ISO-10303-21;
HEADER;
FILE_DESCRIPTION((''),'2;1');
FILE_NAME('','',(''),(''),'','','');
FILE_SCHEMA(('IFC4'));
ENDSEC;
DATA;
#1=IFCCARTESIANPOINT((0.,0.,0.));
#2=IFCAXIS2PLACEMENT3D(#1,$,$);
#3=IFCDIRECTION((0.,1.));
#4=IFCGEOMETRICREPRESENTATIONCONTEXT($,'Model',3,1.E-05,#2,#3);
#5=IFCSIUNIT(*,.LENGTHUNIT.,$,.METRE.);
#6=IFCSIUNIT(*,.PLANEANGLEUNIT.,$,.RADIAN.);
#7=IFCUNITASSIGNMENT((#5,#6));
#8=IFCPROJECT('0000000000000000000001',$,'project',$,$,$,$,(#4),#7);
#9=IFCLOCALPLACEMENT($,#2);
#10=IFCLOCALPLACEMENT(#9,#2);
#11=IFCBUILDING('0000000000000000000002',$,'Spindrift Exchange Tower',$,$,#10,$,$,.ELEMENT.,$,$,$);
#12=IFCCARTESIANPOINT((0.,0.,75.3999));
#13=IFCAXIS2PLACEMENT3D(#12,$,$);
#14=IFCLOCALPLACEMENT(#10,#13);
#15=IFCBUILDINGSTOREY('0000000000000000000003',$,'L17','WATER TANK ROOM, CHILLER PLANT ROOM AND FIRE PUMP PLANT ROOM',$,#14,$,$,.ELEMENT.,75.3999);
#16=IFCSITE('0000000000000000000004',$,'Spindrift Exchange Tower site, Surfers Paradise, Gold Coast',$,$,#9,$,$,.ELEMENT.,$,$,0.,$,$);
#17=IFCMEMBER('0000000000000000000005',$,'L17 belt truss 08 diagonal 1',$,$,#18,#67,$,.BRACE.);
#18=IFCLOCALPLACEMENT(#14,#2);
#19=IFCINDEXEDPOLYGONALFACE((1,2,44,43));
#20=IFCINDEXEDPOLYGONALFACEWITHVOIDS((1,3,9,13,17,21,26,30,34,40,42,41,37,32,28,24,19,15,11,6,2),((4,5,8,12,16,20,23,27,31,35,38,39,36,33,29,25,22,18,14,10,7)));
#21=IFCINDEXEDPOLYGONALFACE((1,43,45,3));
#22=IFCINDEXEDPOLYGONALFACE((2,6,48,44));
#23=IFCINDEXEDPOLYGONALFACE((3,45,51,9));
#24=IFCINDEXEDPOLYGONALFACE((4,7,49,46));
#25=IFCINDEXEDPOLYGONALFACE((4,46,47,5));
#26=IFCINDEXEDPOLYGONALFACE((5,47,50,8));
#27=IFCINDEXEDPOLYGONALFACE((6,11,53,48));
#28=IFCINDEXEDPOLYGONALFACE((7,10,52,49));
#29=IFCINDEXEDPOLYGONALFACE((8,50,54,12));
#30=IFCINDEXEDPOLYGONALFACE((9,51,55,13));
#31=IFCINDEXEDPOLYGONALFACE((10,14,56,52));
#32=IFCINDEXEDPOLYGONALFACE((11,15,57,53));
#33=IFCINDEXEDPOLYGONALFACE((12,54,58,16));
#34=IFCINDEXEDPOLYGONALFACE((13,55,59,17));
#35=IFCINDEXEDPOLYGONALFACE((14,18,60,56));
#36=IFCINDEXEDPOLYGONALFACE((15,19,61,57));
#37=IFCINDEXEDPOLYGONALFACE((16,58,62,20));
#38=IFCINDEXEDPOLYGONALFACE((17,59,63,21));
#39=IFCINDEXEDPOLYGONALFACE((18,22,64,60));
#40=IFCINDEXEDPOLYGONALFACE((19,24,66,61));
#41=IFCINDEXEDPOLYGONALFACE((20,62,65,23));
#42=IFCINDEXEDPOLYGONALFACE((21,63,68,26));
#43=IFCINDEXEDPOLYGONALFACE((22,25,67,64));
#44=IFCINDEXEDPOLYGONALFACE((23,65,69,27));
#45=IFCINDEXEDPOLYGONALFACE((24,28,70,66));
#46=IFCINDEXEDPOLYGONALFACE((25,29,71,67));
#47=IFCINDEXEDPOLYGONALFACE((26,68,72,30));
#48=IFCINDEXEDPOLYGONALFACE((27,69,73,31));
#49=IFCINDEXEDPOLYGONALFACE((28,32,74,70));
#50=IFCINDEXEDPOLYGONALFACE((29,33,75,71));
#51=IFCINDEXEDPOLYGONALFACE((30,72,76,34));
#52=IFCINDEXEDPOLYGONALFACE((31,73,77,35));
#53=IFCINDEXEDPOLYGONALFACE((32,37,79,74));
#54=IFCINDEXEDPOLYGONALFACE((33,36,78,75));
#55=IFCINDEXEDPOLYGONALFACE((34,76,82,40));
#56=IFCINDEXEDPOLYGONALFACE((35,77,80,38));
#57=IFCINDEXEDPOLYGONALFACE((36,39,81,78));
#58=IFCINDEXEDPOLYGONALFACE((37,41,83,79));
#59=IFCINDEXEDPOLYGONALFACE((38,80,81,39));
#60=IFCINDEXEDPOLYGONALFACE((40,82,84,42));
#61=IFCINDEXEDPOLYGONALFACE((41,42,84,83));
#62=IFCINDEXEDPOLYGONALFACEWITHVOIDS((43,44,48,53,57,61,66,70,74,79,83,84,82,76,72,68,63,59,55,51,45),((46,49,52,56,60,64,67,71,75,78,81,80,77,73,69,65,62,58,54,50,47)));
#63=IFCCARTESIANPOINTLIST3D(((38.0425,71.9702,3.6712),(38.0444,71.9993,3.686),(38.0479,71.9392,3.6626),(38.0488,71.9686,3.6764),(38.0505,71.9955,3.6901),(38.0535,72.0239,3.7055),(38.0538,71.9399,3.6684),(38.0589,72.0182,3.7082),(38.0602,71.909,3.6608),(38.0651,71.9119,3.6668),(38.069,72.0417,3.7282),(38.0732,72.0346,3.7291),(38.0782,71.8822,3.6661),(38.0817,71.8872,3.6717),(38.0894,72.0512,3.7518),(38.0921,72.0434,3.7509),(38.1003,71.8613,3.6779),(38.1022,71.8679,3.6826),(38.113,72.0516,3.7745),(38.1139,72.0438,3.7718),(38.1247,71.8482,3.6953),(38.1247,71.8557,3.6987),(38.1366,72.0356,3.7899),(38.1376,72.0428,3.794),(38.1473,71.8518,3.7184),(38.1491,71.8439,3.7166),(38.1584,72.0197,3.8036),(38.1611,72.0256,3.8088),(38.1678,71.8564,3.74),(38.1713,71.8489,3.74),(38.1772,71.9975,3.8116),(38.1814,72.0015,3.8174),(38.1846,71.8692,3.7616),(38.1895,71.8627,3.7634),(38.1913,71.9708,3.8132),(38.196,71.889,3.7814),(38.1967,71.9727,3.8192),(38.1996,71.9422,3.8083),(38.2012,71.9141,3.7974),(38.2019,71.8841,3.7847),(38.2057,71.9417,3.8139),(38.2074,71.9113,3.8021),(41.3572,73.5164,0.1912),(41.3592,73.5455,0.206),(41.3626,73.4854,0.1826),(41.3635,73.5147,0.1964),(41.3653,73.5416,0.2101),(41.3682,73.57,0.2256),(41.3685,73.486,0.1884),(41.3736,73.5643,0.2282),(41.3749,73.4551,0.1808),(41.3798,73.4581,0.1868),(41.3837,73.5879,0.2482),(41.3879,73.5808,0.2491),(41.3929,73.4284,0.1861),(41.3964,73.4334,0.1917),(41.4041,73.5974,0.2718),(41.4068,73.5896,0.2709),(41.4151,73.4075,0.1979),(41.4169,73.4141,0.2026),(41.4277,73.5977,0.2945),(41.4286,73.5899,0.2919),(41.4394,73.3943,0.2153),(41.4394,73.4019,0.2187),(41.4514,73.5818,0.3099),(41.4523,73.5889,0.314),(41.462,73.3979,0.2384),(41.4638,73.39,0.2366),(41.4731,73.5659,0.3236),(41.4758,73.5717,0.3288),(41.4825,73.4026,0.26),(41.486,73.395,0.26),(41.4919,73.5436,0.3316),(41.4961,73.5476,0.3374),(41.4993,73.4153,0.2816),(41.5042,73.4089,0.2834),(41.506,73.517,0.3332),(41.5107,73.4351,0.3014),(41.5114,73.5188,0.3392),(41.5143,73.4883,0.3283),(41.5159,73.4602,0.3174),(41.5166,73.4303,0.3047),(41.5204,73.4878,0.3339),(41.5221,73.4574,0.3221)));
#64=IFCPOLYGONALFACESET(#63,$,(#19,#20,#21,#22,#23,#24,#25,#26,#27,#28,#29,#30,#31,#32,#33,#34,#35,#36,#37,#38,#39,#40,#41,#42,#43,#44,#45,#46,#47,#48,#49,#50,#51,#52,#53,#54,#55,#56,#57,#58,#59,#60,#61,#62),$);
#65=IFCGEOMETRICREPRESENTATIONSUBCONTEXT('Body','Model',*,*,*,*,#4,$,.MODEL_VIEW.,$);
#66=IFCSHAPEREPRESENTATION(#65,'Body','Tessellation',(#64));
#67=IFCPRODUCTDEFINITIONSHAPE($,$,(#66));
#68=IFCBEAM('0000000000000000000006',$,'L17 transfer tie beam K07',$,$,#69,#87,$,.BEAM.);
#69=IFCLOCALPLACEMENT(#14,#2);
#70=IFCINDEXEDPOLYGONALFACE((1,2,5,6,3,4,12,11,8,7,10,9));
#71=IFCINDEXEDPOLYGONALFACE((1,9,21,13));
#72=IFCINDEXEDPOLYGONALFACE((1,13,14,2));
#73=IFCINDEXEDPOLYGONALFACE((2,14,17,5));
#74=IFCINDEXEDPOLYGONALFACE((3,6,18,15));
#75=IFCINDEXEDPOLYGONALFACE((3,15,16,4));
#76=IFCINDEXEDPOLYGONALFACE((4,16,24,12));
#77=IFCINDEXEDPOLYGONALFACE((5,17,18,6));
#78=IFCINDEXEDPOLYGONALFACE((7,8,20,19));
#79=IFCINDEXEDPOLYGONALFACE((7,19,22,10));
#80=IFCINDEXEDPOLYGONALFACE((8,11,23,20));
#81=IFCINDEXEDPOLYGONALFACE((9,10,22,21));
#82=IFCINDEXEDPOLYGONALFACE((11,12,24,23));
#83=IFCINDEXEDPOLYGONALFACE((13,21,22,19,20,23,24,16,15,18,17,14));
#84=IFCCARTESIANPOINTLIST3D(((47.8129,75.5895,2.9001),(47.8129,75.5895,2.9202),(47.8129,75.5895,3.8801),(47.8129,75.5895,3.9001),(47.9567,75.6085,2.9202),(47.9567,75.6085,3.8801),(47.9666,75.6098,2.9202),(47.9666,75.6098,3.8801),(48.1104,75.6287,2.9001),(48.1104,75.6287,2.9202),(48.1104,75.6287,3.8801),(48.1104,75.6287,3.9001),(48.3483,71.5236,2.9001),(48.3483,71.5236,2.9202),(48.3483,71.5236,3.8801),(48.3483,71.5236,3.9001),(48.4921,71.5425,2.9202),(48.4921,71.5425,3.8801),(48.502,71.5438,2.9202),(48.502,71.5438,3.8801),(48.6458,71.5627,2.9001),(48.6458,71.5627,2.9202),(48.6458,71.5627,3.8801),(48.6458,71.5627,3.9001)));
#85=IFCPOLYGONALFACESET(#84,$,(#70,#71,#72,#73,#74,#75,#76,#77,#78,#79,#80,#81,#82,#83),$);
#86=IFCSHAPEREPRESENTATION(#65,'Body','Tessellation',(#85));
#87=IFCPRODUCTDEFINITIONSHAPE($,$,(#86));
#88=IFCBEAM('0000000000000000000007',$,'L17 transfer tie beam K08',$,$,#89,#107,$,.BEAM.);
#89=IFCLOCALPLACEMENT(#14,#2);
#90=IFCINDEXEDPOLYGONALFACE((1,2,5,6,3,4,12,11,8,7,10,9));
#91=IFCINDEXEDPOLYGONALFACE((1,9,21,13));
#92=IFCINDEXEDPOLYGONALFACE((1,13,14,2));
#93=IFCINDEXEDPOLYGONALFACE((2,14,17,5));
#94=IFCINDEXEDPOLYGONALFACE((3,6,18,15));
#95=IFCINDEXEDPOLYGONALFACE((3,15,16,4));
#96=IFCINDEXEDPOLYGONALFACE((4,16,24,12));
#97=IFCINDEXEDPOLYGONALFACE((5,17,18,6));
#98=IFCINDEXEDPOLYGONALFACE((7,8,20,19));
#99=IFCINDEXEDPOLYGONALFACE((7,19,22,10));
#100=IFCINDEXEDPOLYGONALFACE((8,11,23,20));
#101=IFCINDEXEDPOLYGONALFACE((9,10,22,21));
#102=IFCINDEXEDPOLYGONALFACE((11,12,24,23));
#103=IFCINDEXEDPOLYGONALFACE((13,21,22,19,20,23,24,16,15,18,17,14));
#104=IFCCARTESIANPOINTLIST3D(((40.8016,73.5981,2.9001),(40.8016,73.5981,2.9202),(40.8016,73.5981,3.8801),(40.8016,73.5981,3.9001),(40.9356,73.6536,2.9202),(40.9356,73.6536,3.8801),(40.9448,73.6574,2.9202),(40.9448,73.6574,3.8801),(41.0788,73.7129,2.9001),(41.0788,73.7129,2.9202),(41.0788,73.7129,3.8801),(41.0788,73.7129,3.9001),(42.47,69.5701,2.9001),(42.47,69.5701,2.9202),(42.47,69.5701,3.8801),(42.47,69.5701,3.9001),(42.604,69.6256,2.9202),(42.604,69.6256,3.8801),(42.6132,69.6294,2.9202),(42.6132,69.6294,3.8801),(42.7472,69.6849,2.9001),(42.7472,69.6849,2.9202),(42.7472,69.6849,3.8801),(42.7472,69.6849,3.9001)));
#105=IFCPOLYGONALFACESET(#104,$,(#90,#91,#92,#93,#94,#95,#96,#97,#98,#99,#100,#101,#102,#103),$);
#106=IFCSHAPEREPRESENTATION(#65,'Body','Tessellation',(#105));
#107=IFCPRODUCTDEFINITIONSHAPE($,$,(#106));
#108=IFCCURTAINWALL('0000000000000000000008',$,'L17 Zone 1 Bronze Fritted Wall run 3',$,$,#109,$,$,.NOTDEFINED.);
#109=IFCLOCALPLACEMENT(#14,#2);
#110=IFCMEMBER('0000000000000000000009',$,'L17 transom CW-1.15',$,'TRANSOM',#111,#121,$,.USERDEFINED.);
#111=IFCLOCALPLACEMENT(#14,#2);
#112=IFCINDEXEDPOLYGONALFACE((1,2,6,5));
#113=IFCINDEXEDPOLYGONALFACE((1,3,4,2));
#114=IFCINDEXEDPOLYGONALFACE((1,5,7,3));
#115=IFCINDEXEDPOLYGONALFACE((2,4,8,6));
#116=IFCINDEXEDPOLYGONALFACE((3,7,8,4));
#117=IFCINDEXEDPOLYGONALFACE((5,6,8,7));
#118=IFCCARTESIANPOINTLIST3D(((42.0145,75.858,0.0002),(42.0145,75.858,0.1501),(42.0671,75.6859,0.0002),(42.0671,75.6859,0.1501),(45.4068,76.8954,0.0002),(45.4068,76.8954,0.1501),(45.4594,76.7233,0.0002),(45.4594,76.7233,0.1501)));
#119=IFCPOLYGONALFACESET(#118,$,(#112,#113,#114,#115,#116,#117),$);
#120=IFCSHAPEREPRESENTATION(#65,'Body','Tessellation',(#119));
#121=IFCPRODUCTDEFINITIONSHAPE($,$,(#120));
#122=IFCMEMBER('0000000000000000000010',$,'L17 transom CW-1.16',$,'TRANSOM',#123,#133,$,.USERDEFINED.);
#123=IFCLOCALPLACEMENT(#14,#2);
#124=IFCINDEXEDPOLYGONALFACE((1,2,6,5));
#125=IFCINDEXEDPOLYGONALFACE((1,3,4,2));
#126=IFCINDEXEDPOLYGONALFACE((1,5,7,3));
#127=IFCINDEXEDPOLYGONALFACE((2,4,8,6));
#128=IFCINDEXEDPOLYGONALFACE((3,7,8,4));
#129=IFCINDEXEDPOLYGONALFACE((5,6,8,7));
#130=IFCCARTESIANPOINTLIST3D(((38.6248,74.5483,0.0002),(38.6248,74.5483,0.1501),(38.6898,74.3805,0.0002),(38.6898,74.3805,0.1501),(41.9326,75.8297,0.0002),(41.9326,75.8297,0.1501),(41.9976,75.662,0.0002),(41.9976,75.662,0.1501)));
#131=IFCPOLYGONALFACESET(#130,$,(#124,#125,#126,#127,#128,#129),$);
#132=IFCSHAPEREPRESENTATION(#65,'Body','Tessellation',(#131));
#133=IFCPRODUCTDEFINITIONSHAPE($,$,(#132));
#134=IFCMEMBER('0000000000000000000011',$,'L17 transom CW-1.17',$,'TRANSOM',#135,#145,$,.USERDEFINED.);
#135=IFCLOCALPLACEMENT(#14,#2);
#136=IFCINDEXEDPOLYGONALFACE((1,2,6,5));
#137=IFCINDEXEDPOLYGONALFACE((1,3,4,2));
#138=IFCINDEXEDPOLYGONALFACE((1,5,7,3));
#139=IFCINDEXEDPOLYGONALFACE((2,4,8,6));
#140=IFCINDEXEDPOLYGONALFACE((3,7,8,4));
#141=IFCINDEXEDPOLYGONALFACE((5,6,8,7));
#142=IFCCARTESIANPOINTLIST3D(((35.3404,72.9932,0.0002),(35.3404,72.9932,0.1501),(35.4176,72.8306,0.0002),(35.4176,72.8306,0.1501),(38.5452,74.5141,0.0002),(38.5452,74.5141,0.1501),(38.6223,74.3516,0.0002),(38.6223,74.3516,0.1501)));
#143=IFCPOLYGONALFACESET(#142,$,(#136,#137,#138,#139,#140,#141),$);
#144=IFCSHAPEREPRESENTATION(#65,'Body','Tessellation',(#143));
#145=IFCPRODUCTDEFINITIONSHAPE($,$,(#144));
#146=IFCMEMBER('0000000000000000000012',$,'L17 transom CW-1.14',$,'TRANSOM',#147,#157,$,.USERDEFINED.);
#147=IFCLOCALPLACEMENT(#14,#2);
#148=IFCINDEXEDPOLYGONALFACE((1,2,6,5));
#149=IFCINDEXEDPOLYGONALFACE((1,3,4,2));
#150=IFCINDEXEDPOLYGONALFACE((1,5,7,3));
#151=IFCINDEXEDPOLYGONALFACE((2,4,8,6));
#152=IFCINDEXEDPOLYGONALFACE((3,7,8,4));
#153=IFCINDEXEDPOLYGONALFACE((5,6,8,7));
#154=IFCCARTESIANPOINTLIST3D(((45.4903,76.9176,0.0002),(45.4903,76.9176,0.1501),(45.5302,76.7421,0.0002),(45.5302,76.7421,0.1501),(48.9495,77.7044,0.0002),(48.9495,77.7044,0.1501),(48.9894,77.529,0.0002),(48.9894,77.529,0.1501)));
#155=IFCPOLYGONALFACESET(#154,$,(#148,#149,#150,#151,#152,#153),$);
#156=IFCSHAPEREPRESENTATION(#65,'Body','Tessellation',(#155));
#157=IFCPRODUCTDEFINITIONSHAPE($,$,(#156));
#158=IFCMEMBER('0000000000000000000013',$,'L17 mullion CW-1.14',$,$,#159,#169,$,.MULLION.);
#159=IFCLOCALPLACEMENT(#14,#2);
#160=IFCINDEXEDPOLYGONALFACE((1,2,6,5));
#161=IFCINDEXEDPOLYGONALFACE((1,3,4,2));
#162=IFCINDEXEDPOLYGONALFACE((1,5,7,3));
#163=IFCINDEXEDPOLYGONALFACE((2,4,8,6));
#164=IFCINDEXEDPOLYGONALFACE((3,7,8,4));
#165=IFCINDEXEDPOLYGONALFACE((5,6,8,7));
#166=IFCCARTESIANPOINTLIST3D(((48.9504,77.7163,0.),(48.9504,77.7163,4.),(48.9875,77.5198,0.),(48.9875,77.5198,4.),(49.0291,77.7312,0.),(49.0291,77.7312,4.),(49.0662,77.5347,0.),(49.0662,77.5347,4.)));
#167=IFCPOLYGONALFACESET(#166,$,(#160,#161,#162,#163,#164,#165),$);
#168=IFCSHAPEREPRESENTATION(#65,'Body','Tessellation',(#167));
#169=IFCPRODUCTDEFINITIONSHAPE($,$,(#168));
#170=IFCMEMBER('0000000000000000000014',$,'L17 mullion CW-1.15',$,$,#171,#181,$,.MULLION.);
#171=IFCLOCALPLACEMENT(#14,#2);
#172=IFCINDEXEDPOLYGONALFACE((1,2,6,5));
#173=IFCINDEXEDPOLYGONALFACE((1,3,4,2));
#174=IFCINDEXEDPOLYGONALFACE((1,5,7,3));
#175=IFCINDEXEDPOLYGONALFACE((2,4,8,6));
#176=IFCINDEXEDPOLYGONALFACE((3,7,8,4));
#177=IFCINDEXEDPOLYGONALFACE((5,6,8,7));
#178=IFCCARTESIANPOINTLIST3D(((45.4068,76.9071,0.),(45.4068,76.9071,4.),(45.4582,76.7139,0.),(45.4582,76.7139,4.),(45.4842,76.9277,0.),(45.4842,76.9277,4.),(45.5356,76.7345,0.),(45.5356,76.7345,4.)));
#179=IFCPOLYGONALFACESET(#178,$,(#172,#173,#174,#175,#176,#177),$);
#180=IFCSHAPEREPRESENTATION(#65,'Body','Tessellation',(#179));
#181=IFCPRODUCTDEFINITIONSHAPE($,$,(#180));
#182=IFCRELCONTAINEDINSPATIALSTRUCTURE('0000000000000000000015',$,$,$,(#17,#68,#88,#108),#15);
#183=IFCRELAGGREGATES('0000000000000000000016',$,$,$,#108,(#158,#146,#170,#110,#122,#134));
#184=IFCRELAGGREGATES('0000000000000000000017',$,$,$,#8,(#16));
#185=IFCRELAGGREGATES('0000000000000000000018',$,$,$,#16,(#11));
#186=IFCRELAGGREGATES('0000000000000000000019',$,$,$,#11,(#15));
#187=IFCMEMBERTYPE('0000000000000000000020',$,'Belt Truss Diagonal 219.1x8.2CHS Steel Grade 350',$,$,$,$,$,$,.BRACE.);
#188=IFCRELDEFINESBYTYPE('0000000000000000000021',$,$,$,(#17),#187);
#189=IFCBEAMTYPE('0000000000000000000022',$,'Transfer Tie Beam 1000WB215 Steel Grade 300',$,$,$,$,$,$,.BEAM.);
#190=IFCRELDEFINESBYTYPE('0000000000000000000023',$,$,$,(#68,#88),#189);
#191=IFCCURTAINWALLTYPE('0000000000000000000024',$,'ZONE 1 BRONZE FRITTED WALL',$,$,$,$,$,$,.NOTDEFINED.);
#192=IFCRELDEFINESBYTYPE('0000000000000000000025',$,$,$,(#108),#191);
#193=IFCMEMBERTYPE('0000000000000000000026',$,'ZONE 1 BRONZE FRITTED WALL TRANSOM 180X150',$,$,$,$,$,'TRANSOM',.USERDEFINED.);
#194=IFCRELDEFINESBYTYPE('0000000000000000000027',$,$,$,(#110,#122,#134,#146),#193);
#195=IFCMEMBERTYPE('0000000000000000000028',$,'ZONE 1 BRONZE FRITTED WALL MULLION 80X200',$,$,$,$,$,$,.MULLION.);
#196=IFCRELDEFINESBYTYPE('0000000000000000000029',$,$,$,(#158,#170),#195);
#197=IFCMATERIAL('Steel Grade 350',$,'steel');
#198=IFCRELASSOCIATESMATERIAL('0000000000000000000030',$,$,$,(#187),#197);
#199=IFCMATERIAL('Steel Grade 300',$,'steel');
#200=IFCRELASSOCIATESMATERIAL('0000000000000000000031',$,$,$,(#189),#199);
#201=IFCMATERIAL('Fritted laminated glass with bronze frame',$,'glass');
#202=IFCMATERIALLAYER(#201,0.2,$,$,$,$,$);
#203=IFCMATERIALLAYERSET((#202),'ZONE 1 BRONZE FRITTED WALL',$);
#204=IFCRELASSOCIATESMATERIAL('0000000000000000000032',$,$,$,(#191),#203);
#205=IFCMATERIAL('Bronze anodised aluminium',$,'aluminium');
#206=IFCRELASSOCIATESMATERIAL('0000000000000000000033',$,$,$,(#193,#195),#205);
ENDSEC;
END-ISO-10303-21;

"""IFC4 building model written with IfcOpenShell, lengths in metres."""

from ifc_helpers import new_model, si_unit, direction, frame, origin, origin_2d, place, context, subcontext, project, spatial, rectangle, hollow_circle, i_section, extrude, source, transform, mapped, material, layer, layer_set, material_profile, profile_set, type_object, element, aggregate, save


model = new_model("IFC4")

# Units and contexts
model_context = context("Model", 3, precision=1e-05, world=origin(), true_north=direction((0.0, 1.0)))
body_context = subcontext(model_context, "Body", "Model", "MODEL_VIEW")
ifc_project = project(units=[si_unit("LENGTHUNIT", "METRE"), si_unit("PLANEANGLEUNIT", "RADIAN")], contexts=[model_context])

# Site, building, storey
site_placement = place(None, origin())
site = spatial("IfcSite", under=ifc_project, at=site_placement, Name="Spindrift Exchange Tower site, Surfers Paradise, Gold Coast", CompositionType="ELEMENT", RefElevation=0.0)
building_placement = place(site_placement, origin())
building = spatial("IfcBuilding", under=site, at=building_placement, Name="Spindrift Exchange Tower", CompositionType="ELEMENT")
storey_placement = place(building_placement, frame((0.0, 0.0, 75.3999)))
storey = spatial("IfcBuildingStorey", under=building, at=storey_placement, Name="L17", Description="WATER TANK ROOM, CHILLER PLANT ROOM AND FIRE PUMP PLANT ROOM", CompositionType="ELEMENT", Elevation=75.3999)

# Shared definitions
ifc_material_1 = material(Name="Steel Grade 300", Category="steel")

# Member
ifc_material_2 = material(Name="Steel Grade 350", Category="steel")
ifc_material_profile_1 = material_profile(ifc_material_2, hollow_circle(Radius=0.1096, WallThickness=0.0083, at=origin_2d()), Name="219.1x8.2CHS")
ifc_profile_set_1 = profile_set([ifc_material_profile_1], Name="Steel Grade 350")
member_type_1 = type_object("IfcMemberType", Name="Belt Truss Diagonal 219.1x8.2CHS Steel Grade 350", PredefinedType="BRACE", material=ifc_profile_set_1)
shared_shape_1 = source(origin(), body_context, "Body", "SweptSolid", [
    extrude(hollow_circle(Radius=0.1096, WallThickness=0.0083, at=origin_2d()), origin(), (0.0, 0.0, 1.0), 5.0486),
])
member_1_placement = place(storey_placement, frame((41.4397, 73.4944, 0.26), z_axis=(-0.656562, -0.306254, 0.689301), x_axis=(0.422725, -0.906258, 0.0)))
element("IfcMember", 1, at=member_1_placement, inside=storey, type_object=member_type_1, Name="L17 belt truss 08 diagonal 1", PredefinedType="BRACE", context=body_context, shape_type="MappedRepresentation", body=[
    mapped(shared_shape_1, transform((0.0, 0.0, 0.0), scale=1.0)),
])

# Beams
ifc_material_profile_2 = material_profile(ifc_material_1, i_section(OverallWidth=0.3, OverallDepth=1.0, WebThickness=0.01, FlangeThickness=0.02, at=origin_2d()), Name="1000WB215")
ifc_profile_set_2 = profile_set([ifc_material_profile_2], Name="Steel Grade 300")
beam_type_1 = type_object("IfcBeamType", Name="Transfer Tie Beam 1000WB215 Steel Grade 300", PredefinedType="BEAM", material=ifc_profile_set_2)
shared_shape_2 = source(origin(), body_context, "Body", "SweptSolid", [
    extrude(i_section(OverallWidth=0.3, OverallDepth=1.0, WebThickness=0.01, FlangeThickness=0.02, at=origin_2d()), origin(), (0.0, 0.0, 1.0), 4.1011),
])
beam_1_placement = place(storey_placement, frame((47.9617, 75.6091, 3.4001), z_axis=(0.130553, -0.991441, 0.0), x_axis=(0.991441, 0.130553, 0.0)))
element("IfcBeam", 2, at=beam_1_placement, inside=storey, type_object=beam_type_1, Name="L17 transfer tie beam K07", PredefinedType="BEAM", context=body_context, shape_type="MappedRepresentation", body=[
    mapped(shared_shape_2, transform((0.0, 0.0, 0.0), scale=1.0)),
])
shared_shape_3 = source(origin(), body_context, "Body", "SweptSolid", [
    extrude(i_section(OverallWidth=0.3, OverallDepth=1.0, WebThickness=0.01, FlangeThickness=0.02, at=origin_2d()), origin(), (0.0, 0.0, 1.0), 4.3599),
])
beam_2_placement = place(storey_placement, frame((40.9402, 73.6555, 3.4001), z_axis=(0.382678, -0.923882, 0.0), x_axis=(0.923882, 0.382678, 0.0)))
element("IfcBeam", 3, at=beam_2_placement, inside=storey, type_object=beam_type_1, Name="L17 transfer tie beam K08", PredefinedType="BEAM", context=body_context, shape_type="MappedRepresentation", body=[
    mapped(shared_shape_3, transform((0.0, 0.0, 0.0), scale=1.0)),
])

# Curtain wall, members
ifc_material_3 = material(Name="Fritted laminated glass with bronze frame", Category="glass")
ifc_layer_1 = layer(ifc_material_3, 0.2)
ifc_layer_set_1 = layer_set([ifc_layer_1], Name="ZONE 1 BRONZE FRITTED WALL")
curtain_wall_type = type_object("IfcCurtainWallType", Name="ZONE 1 BRONZE FRITTED WALL", PredefinedType="NOTDEFINED", material=ifc_layer_set_1)
curtain_wall_placement = place(storey_placement, origin())
curtain_wall = element("IfcCurtainWall", 4, at=curtain_wall_placement, inside=storey, type_object=curtain_wall_type, Name="L17 Zone 1 Bronze Fritted Wall run 3", PredefinedType="NOTDEFINED")
ifc_material_4 = material(Name="Bronze anodised aluminium", Category="aluminium")
ifc_material_profile_3 = material_profile(ifc_material_4, rectangle(XDim=0.1799, YDim=0.1499, at=origin_2d()), Name="ZONE 1 BRONZE FRITTED WALL TRANSOM 180X150")
ifc_profile_set_3 = profile_set([ifc_material_profile_3], Name="Bronze anodised aluminium")
member_type_2 = type_object("IfcMemberType", Name="ZONE 1 BRONZE FRITTED WALL TRANSOM 180X150", ElementType="TRANSOM", PredefinedType="USERDEFINED", material=ifc_profile_set_3)
shared_shape_4 = source(origin(), body_context, "Body", "SweptSolid", [
    extrude(rectangle(XDim=0.1799, YDim=0.1499, at=origin_2d()), origin(), (0.0, 0.0, 1.0), 3.5474),
])
member_2_placement = place(storey_placement, frame((45.4331, 76.8093, 0.0752), z_axis=(-0.956288, -0.292427, 0.0), x_axis=(0.292427, -0.956288, 0.0)))
member_2 = element("IfcMember", 5, at=member_2_placement, type_object=member_type_2, Name="L17 transom CW-1.15", ObjectType="TRANSOM", PredefinedType="USERDEFINED", context=body_context, shape_type="MappedRepresentation", body=[
    mapped(shared_shape_4, transform((0.0, 0.0, 0.0), scale=1.0)),
])
member_3_placement = place(storey_placement, frame((41.9651, 75.7458, 0.0752), z_axis=(-0.93247, -0.361247, 0.0), x_axis=(0.361247, -0.93247, 0.0)))
member_3 = element("IfcMember", 6, at=member_3_placement, type_object=member_type_2, Name="L17 transom CW-1.16", ObjectType="TRANSOM", PredefinedType="USERDEFINED", context=body_context, shape_type="MappedRepresentation", body=[
    mapped(shared_shape_4, transform((0.0, 0.0, 0.0), scale=1.0)),
])
member_4_placement = place(storey_placement, frame((38.5837, 74.4329, 0.0752), z_axis=(-0.903419, -0.428758, 0.0), x_axis=(0.428758, -0.903419, 0.0)))
member_4 = element("IfcMember", 7, at=member_4_placement, type_object=member_type_2, Name="L17 transom CW-1.17", ObjectType="TRANSOM", PredefinedType="USERDEFINED", context=body_context, shape_type="MappedRepresentation", body=[
    mapped(shared_shape_4, transform((0.0, 0.0, 0.0), scale=1.0)),
])
shared_shape_5 = source(origin(), body_context, "Body", "SweptSolid", [
    extrude(rectangle(XDim=0.1799, YDim=0.1499, at=origin_2d()), origin(), (0.0, 0.0, 1.0), 3.5476),
])
member_5_placement = place(storey_placement, frame((48.9695, 77.6167, 0.0752), z_axis=(-0.975092, -0.221803, 0.0), x_axis=(0.221803, -0.975092, 0.0)))
member_5 = element("IfcMember", 8, at=member_5_placement, type_object=member_type_2, Name="L17 transom CW-1.14", ObjectType="TRANSOM", PredefinedType="USERDEFINED", context=body_context, shape_type="MappedRepresentation", body=[
    mapped(shared_shape_5, transform((0.0, 0.0, 0.0), scale=1.0)),
])
ifc_material_profile_4 = material_profile(ifc_material_4, rectangle(XDim=0.0801, YDim=0.2, at=origin_2d()), Name="ZONE 1 BRONZE FRITTED WALL MULLION 80X200")
ifc_profile_set_4 = profile_set([ifc_material_profile_4], Name="Bronze anodised aluminium")
member_type_3 = type_object("IfcMemberType", Name="ZONE 1 BRONZE FRITTED WALL MULLION 80X200", PredefinedType="MULLION", material=ifc_profile_set_4)
shared_shape_6 = source(origin(), body_context, "Body", "SweptSolid", [
    extrude(rectangle(XDim=0.0801, YDim=0.2, at=origin_2d()), origin(), (0.0, 0.0, 1.0), 4.0),
])
member_6_placement = place(storey_placement, frame((49.0083, 77.6255, 0.0), z_axis=(0.0, 0.0, 1.0), x_axis=(-0.982635, -0.185549, 0.0)))
member_6 = element("IfcMember", 9, at=member_6_placement, type_object=member_type_3, Name="L17 mullion CW-1.14", PredefinedType="MULLION", context=body_context, shape_type="MappedRepresentation", body=[
    mapped(shared_shape_6, transform((0.0, 0.0, 0.0), scale=1.0)),
])
member_7_placement = place(storey_placement, frame((45.4712, 76.8208, 0.0), z_axis=(0.0, 0.0, 1.0), x_axis=(-0.96634, -0.257268, 0.0)))
member_7 = element("IfcMember", 10, at=member_7_placement, type_object=member_type_3, Name="L17 mullion CW-1.15", PredefinedType="MULLION", context=body_context, shape_type="MappedRepresentation", body=[
    mapped(shared_shape_6, transform((0.0, 0.0, 0.0), scale=1.0)),
])
aggregate(curtain_wall, [member_6, member_5, member_7, member_2, member_3, member_4])

save(model, "model.ifc")
